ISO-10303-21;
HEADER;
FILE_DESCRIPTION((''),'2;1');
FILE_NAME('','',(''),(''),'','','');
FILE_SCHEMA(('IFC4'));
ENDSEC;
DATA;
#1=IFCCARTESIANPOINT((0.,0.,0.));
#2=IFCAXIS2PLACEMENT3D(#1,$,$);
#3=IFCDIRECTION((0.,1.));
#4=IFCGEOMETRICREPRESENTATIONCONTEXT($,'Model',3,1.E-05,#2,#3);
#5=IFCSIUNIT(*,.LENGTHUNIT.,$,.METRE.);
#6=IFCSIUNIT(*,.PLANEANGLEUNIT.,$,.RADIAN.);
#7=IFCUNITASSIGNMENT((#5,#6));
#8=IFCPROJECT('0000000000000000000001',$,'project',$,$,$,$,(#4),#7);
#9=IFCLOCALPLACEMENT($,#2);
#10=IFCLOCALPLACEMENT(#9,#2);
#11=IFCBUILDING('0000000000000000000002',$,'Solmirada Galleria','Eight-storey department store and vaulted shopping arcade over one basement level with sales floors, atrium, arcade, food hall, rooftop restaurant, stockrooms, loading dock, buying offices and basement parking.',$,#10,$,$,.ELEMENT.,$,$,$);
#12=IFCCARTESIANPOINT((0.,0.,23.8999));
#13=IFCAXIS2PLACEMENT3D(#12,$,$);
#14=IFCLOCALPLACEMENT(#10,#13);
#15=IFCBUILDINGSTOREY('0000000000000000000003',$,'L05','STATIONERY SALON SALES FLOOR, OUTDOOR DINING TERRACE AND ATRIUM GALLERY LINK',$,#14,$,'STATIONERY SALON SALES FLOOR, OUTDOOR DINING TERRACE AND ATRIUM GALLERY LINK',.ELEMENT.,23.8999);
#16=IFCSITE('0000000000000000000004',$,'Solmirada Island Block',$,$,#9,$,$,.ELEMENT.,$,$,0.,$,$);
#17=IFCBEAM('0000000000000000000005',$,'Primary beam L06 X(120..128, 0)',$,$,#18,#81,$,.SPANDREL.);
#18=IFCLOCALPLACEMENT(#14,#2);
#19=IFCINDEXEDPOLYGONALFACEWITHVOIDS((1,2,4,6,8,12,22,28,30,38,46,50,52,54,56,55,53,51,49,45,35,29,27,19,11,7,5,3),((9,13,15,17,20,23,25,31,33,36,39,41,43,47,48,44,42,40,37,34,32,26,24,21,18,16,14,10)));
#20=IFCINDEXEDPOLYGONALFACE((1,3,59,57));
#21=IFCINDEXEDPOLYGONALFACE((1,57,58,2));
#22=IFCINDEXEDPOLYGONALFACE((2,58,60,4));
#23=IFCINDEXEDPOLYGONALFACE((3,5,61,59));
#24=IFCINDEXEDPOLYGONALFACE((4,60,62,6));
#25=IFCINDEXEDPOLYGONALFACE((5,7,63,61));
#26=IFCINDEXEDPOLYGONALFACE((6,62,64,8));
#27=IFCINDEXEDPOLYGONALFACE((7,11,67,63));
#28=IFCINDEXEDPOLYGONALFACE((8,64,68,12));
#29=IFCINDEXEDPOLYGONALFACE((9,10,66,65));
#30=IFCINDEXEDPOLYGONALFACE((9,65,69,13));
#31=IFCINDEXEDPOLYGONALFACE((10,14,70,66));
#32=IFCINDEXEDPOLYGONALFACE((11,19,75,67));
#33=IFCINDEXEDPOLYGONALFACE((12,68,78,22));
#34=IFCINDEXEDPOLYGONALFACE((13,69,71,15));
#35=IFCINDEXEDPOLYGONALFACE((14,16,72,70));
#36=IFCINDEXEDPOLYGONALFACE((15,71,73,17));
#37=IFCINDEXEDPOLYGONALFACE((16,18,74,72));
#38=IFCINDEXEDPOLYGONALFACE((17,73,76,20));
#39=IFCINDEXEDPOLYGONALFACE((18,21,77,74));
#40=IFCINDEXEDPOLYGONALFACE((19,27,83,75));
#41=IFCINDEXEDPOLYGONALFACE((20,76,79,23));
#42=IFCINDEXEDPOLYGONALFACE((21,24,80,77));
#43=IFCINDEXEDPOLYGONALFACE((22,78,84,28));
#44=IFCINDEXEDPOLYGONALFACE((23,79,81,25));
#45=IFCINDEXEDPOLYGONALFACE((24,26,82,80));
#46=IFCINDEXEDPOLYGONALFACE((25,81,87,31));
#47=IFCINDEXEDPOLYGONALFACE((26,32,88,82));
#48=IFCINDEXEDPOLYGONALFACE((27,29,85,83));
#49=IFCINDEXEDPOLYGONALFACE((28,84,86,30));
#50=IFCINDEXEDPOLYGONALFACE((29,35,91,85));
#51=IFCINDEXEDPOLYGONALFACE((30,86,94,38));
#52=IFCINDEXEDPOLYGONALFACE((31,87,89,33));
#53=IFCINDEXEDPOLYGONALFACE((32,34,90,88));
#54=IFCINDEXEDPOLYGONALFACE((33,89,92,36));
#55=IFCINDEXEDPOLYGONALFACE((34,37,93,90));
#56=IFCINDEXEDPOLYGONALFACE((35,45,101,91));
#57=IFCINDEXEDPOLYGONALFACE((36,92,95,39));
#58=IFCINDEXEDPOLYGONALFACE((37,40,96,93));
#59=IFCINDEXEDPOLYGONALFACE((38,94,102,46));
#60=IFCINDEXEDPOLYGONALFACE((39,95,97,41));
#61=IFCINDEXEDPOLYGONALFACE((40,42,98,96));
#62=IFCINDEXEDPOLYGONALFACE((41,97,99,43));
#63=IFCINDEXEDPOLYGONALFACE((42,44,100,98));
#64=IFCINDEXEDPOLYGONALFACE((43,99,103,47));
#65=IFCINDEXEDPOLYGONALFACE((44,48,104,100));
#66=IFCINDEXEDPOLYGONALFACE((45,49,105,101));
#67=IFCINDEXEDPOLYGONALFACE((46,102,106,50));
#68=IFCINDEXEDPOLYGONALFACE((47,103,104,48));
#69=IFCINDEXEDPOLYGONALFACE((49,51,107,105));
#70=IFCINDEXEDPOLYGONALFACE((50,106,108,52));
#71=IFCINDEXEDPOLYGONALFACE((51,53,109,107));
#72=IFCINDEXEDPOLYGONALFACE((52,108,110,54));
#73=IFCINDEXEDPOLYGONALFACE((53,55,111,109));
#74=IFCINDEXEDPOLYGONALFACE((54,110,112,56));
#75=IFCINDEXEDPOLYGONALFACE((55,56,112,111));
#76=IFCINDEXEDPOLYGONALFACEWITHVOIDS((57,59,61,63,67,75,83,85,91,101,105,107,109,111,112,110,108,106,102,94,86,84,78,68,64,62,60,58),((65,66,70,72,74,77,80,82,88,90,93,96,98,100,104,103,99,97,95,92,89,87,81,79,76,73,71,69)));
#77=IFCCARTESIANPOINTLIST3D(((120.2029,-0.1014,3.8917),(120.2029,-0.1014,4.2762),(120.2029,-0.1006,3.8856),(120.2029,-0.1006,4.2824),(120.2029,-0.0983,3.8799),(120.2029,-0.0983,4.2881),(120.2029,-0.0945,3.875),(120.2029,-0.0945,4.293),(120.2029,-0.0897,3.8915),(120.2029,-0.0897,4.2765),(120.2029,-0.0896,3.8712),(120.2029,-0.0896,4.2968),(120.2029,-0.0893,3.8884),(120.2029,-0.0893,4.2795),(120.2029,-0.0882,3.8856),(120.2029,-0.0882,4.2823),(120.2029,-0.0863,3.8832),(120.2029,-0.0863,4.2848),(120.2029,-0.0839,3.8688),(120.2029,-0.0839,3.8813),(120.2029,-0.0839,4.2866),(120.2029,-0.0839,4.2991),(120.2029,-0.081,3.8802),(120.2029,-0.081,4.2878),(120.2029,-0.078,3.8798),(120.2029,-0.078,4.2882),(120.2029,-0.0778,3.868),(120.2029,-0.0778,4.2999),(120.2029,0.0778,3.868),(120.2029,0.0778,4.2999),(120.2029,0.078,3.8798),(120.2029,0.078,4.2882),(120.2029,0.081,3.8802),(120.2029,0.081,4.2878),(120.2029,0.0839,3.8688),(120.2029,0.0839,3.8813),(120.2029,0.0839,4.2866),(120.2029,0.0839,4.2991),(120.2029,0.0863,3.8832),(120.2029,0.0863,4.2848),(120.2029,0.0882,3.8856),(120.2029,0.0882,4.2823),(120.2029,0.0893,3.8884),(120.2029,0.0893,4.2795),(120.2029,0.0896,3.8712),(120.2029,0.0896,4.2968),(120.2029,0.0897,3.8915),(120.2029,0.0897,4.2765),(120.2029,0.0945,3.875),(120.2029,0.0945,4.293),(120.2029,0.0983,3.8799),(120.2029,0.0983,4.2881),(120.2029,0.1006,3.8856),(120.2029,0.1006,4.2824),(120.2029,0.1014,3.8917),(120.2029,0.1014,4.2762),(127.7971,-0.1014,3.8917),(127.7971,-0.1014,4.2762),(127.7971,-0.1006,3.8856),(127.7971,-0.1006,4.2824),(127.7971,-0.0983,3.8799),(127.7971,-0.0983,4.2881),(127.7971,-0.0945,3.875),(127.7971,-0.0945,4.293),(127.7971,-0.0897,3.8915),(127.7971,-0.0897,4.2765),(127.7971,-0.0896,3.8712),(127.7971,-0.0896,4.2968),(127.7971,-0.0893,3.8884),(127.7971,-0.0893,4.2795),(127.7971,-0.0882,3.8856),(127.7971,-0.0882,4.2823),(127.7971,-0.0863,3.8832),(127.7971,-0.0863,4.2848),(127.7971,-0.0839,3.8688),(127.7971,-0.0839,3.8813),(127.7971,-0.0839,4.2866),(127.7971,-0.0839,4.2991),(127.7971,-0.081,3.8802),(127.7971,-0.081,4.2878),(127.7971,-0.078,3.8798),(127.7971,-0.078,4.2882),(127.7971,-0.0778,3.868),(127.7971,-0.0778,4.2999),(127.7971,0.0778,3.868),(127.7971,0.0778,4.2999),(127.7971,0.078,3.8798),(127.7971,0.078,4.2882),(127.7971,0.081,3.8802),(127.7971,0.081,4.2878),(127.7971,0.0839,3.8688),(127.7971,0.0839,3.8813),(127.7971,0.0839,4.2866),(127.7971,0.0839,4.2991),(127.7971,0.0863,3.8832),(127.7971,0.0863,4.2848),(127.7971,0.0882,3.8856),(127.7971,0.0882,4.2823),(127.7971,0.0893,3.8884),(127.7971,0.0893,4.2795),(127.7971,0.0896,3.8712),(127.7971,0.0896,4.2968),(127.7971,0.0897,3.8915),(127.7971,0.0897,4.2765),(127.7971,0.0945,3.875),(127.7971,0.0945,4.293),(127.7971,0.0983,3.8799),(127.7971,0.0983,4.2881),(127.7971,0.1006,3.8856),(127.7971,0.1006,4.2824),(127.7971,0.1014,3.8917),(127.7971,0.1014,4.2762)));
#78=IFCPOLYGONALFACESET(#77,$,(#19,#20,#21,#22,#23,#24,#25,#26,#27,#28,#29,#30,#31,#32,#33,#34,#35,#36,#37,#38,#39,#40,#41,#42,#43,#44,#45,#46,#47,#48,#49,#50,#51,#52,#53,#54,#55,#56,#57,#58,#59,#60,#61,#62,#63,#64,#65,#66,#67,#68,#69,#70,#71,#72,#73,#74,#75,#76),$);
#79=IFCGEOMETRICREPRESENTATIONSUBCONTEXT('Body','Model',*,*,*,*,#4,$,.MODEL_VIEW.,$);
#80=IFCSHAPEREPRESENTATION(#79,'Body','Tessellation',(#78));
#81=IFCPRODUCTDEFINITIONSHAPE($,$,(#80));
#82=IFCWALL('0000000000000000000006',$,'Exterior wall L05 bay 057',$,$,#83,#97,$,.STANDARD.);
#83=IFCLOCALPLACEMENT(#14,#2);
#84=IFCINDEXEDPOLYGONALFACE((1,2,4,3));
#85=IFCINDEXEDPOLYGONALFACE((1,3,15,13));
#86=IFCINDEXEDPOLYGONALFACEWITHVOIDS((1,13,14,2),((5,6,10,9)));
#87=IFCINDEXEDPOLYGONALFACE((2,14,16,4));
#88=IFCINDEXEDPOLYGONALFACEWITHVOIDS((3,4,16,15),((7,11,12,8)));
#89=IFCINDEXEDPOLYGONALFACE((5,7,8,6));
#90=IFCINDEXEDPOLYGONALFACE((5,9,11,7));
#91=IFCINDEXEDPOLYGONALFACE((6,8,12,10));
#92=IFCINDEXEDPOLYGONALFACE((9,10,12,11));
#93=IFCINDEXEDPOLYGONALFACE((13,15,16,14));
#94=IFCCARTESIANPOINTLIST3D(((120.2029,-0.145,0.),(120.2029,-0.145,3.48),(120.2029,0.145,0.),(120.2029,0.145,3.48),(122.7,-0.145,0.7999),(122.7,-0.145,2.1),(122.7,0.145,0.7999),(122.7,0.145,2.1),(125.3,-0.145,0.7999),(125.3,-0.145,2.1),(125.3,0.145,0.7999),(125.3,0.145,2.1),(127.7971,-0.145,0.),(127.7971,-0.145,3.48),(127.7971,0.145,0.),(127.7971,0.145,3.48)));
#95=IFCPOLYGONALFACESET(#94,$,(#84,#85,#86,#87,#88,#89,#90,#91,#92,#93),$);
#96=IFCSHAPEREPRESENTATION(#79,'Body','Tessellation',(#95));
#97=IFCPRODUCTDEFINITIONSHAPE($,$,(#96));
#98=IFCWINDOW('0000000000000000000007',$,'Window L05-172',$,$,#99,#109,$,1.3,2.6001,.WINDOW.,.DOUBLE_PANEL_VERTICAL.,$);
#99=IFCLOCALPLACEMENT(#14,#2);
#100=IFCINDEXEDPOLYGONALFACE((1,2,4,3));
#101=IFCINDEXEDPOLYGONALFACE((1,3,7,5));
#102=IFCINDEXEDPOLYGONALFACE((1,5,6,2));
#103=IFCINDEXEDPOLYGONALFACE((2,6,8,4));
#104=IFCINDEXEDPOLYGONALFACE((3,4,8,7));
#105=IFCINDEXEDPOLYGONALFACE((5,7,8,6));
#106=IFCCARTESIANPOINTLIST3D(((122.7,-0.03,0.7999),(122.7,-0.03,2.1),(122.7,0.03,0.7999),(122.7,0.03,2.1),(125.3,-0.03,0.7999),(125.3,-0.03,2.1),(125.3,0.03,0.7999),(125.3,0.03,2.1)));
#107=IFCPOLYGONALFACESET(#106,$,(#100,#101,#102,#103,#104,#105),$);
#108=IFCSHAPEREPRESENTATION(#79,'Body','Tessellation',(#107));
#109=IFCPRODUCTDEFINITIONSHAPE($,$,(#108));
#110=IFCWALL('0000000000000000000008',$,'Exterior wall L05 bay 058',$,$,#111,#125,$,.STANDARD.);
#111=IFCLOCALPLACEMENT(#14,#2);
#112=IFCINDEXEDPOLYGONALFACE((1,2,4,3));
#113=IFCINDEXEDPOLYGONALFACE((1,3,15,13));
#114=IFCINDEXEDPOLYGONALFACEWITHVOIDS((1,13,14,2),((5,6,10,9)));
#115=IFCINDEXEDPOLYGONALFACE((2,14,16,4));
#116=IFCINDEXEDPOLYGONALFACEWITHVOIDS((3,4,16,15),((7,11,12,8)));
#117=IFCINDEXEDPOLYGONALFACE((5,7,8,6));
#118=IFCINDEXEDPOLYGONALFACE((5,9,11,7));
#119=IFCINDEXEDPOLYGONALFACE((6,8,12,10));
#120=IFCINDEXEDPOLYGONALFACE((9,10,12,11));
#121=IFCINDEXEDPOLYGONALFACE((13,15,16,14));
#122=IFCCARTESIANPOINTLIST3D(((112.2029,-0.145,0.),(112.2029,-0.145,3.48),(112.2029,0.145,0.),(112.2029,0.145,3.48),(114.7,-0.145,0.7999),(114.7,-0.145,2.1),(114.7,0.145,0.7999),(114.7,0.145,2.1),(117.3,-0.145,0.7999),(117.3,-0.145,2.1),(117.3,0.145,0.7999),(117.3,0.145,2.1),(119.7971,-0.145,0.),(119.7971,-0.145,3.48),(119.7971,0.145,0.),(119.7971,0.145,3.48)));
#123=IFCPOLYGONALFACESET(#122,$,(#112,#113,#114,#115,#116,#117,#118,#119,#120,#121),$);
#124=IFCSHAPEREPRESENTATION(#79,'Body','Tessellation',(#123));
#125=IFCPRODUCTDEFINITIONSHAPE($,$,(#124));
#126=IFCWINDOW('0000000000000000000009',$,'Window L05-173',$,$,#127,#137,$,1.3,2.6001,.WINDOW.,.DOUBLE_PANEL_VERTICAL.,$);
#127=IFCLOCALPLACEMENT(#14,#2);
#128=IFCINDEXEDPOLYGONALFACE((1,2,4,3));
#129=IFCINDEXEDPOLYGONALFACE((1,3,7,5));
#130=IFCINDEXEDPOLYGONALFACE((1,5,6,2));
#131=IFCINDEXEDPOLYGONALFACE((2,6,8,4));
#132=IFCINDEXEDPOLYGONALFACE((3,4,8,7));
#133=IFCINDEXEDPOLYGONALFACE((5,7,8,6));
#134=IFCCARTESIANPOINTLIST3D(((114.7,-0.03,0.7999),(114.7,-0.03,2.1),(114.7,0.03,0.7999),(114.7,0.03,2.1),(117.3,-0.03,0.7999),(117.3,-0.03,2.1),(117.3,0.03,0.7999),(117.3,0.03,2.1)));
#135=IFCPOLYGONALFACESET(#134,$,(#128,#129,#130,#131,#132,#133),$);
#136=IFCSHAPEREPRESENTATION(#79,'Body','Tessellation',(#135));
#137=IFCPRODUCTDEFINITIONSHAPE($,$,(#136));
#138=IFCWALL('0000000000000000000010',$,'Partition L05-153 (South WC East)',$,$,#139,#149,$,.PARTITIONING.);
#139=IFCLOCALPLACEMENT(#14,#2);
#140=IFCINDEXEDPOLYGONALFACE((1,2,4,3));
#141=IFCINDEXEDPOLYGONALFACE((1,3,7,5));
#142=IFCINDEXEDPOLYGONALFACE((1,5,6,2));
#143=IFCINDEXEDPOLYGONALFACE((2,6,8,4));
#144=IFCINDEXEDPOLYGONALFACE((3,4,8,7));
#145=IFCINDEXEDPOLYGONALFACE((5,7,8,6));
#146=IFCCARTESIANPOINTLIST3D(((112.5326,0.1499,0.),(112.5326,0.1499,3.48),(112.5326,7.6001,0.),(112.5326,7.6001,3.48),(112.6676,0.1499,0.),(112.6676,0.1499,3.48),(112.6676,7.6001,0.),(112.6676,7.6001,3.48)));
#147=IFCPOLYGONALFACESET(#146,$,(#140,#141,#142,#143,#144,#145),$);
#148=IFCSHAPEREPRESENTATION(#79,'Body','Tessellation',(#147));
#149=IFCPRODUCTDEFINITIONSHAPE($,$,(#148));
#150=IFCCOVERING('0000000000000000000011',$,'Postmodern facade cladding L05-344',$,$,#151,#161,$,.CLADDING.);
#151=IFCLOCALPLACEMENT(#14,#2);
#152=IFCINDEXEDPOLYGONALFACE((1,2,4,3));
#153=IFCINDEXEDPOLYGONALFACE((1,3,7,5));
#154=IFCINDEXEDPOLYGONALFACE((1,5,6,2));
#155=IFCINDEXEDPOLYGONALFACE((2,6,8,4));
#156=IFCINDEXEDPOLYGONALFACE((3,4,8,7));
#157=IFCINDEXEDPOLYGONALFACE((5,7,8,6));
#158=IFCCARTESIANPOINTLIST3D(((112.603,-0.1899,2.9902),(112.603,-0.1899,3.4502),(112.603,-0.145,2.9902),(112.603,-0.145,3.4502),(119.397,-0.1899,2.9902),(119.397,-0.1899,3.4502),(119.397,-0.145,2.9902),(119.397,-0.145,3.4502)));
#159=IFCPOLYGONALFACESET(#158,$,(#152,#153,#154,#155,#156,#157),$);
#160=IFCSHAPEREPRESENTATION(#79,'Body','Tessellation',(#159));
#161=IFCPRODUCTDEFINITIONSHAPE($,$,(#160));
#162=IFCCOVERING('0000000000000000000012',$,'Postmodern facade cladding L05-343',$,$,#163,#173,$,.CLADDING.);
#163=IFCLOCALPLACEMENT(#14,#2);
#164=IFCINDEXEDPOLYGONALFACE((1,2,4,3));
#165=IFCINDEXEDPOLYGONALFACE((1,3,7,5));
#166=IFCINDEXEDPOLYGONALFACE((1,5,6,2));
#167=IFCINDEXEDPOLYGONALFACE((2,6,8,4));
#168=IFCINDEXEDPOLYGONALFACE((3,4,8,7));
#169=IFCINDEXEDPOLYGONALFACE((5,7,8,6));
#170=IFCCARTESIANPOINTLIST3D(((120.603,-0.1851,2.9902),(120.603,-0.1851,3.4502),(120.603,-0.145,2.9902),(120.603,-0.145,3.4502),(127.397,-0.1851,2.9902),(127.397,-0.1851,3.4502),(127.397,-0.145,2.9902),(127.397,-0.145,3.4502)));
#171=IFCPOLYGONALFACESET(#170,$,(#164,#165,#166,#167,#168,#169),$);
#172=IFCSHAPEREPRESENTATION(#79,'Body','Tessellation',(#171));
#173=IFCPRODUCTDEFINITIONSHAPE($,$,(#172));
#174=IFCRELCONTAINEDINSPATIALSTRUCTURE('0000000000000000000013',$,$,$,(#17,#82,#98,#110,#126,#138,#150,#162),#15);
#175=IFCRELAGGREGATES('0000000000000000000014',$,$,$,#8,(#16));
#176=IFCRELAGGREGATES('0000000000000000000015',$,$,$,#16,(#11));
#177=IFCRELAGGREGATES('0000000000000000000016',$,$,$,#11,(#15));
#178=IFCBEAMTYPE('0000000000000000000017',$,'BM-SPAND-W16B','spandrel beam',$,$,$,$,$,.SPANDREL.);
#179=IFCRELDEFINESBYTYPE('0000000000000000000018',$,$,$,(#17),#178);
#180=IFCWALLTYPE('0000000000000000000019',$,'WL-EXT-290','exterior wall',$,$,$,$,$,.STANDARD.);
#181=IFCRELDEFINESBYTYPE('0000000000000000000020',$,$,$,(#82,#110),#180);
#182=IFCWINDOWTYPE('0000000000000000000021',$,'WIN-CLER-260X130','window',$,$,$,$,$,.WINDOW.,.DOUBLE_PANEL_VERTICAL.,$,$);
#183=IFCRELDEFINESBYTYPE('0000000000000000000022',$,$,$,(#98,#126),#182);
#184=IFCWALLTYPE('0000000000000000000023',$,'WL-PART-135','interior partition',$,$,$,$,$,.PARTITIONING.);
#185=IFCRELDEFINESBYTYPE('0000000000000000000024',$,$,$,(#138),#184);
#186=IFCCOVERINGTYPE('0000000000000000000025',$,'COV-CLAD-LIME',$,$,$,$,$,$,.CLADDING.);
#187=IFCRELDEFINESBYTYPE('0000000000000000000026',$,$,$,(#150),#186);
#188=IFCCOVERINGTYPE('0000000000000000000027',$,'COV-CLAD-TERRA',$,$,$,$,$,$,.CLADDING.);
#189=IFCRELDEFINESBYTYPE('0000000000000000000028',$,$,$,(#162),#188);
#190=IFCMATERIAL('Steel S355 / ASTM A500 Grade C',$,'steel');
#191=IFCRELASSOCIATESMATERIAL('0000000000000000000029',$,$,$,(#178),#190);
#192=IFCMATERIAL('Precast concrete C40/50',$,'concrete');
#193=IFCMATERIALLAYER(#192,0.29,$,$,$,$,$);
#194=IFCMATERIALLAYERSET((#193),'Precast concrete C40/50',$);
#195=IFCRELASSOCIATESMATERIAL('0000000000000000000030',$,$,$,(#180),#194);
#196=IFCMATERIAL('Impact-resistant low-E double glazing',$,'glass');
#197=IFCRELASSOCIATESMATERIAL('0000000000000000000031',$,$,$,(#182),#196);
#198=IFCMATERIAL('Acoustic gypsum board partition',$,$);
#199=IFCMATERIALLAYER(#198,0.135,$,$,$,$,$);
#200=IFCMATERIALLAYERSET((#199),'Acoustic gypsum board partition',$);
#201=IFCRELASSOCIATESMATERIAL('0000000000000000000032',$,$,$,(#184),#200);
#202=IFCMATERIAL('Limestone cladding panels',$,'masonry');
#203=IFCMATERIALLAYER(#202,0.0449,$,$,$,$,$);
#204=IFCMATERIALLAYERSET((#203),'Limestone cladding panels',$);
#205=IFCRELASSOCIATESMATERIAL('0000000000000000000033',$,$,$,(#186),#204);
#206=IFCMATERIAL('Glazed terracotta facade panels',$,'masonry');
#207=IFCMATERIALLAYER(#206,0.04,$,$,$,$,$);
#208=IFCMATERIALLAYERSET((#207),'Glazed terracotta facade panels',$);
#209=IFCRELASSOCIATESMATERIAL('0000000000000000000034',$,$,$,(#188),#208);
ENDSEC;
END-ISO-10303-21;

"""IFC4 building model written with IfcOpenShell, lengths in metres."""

from ifc_helpers import new_model, si_unit, direction, frame, frame_2d, origin, origin_2d, place, context, subcontext, project, spatial, rectangle, hollow_rectangle, extrude, material, layer, layer_set, material_profile, profile_set, type_object, element, fill, save


model = new_model("IFC4")

# Units and contexts
model_context = context("Model", 3, precision=1e-05, world=origin(), true_north=direction((0.0, 1.0)))
body_context = subcontext(model_context, "Body", "Model", "MODEL_VIEW")
ifc_project = project(units=[si_unit("LENGTHUNIT", "METRE"), si_unit("PLANEANGLEUNIT", "RADIAN")], contexts=[model_context])

# Site, building, storey
site_placement = place(None, origin())
site = spatial("IfcSite", under=ifc_project, at=site_placement, Name="Solmirada Island Block", CompositionType="ELEMENT", RefElevation=0.0)
building_placement = place(site_placement, origin())
building = spatial("IfcBuilding", under=site, at=building_placement, Name="Solmirada Galleria", Description="Eight-storey department store and vaulted shopping arcade over one basement level with sales floors, atrium, arcade, food hall, rooftop restaurant, stockrooms, loading dock, buying offices and basement parking.", CompositionType="ELEMENT")
storey_placement = place(building_placement, frame((0.0, 0.0, 23.8999)))
storey = spatial("IfcBuildingStorey", under=building, at=storey_placement, Name="L05", Description="STATIONERY SALON SALES FLOOR, OUTDOOR DINING TERRACE AND ATRIUM GALLERY LINK", LongName="STATIONERY SALON SALES FLOOR, OUTDOOR DINING TERRACE AND ATRIUM GALLERY LINK", CompositionType="ELEMENT", Elevation=23.8999)

# Shared definitions
ifc_material_1 = material(Name="Steel S355 / ASTM A500 Grade C", Category="steel")

# Beam
ifc_material_profile_1 = material_profile(ifc_material_1, hollow_rectangle(XDim=0.2029, YDim=0.4319, WallThickness=0.0117, InnerFilletRadius=0.0117, OuterFilletRadius=0.0237, at=origin_2d()), Name="HSS17X8X1/2")
ifc_profile_set_1 = profile_set([ifc_material_profile_1], Name="Steel S355 / ASTM A500 Grade C")
beam_type_1 = type_object("IfcBeamType", Name="BM-SPAND-W16B", Description="spandrel beam", PredefinedType="SPANDREL", material=ifc_profile_set_1)
for number, where, z_axis, x_axis, name in (
    (1, (120.2029, 0.0, 4.084), (1.0, 0.0, 0.0), (0.0, 1.0, 0.0), "Primary beam L06 X(120..128, 0)"),
):
    element("IfcBeam", number, at=place(storey_placement, frame(where, z_axis=z_axis, x_axis=x_axis)), inside=storey, type_object=beam_type_1, Name=name, PredefinedType="SPANDREL", context=body_context, shape_type="SweptSolid", body=[
        extrude(hollow_rectangle(XDim=0.2029, YDim=0.4319, WallThickness=0.0117, InnerFilletRadius=0.0117, OuterFilletRadius=0.0237, at=origin_2d()), origin(), (0.0, 0.0, 1.0), 7.5942),
    ])

# Walls, openings, windows
ifc_material_2 = material(Name="Precast concrete C40/50", Category="concrete")
ifc_layer_1 = layer(ifc_material_2, 0.29)
ifc_layer_set_1 = layer_set([ifc_layer_1], Name="Precast concrete C40/50")
wall_type_1 = type_object("IfcWallType", Name="WL-EXT-290", Description="exterior wall", PredefinedType="STANDARD", material=ifc_layer_set_1)
wall_1_placement = place(storey_placement, frame((127.7971, 0.0, 0.0), z_axis=(0.0, 0.0, 1.0), x_axis=(-1.0, 0.0, 0.0)))
wall_1 = element("IfcWall", 2, at=wall_1_placement, inside=storey, type_object=wall_type_1, Name="Exterior wall L05 bay 057", PredefinedType="STANDARD", context=body_context, shape_type="SweptSolid", body=[
    extrude(rectangle(XDim=7.5942, YDim=0.29, at=frame_2d((3.7971, 0.0))), origin(), (0.0, 0.0, 1.0), 3.48),
])
opening_1_placement = place(wall_1_placement, frame((2.4971, 0.0, 0.8)))
opening_1 = element("IfcOpeningElement", 3, at=opening_1_placement, cuts=wall_1, PredefinedType="OPENING", context=body_context, shape_type="SweptSolid", body=[
    extrude(rectangle(XDim=2.6001, YDim=1.3, at=frame_2d((1.3, 0.6499))), frame((0.0, 0.155, 0.0), z_axis=(0.0, -1.0, 0.0), x_axis=(1.0, 0.0, 0.0)), (0.0, 0.0, 1.0), 0.3101),
])
ifc_material_3 = material(Name="Impact-resistant low-E double glazing", Category="glass")
window_type = type_object("IfcWindowType", Name="WIN-CLER-260X130", Description="window", PartitioningType="DOUBLE_PANEL_VERTICAL", PredefinedType="WINDOW", material=ifc_material_3)
window_1_placement = place(opening_1_placement, origin())
window_1 = element("IfcWindow", 4, at=window_1_placement, inside=storey, type_object=window_type, Name="Window L05-172", OverallHeight=1.3, OverallWidth=2.6001, PartitioningType="DOUBLE_PANEL_VERTICAL", PredefinedType="WINDOW", context=body_context, shape_type="SweptSolid", body=[
    extrude(rectangle(XDim=2.6001, YDim=1.3, at=frame_2d((1.3, 0.6499))), frame((0.0, 0.03, 0.0), z_axis=(0.0, -1.0, 0.0), x_axis=(1.0, 0.0, 0.0)), (0.0, 0.0, 1.0), 0.0601),
])
fill(opening_1, window_1)
wall_2_placement = place(storey_placement, frame((119.7971, 0.0, 0.0), z_axis=(0.0, 0.0, 1.0), x_axis=(-1.0, 0.0, 0.0)))
wall_2 = element("IfcWall", 5, at=wall_2_placement, inside=storey, type_object=wall_type_1, Name="Exterior wall L05 bay 058", PredefinedType="STANDARD", context=body_context, shape_type="SweptSolid", body=[
    extrude(rectangle(XDim=7.5942, YDim=0.29, at=frame_2d((3.7971, 0.0))), origin(), (0.0, 0.0, 1.0), 3.48),
])
opening_2_placement = place(wall_2_placement, frame((2.4971, 0.0, 0.8)))
opening_2 = element("IfcOpeningElement", 6, at=opening_2_placement, cuts=wall_2, PredefinedType="OPENING", context=body_context, shape_type="SweptSolid", body=[
    extrude(rectangle(XDim=2.6001, YDim=1.3, at=frame_2d((1.3, 0.6499))), frame((0.0, 0.155, 0.0), z_axis=(0.0, -1.0, 0.0), x_axis=(1.0, 0.0, 0.0)), (0.0, 0.0, 1.0), 0.3101),
])
window_2_placement = place(opening_2_placement, origin())
window_2 = element("IfcWindow", 7, at=window_2_placement, inside=storey, type_object=window_type, Name="Window L05-173", OverallHeight=1.3, OverallWidth=2.6001, PartitioningType="DOUBLE_PANEL_VERTICAL", PredefinedType="WINDOW", context=body_context, shape_type="SweptSolid", body=[
    extrude(rectangle(XDim=2.6001, YDim=1.3, at=frame_2d((1.3, 0.6499))), frame((0.0, 0.03, 0.0), z_axis=(0.0, -1.0, 0.0), x_axis=(1.0, 0.0, 0.0)), (0.0, 0.0, 1.0), 0.0601),
])
fill(opening_2, window_2)

# Wall
ifc_material_4 = material(Name="Acoustic gypsum board partition")
ifc_layer_2 = layer(ifc_material_4, 0.135)
ifc_layer_set_2 = layer_set([ifc_layer_2], Name="Acoustic gypsum board partition")
wall_type_2 = type_object("IfcWallType", Name="WL-PART-135", Description="interior partition", PredefinedType="PARTITIONING", material=ifc_layer_set_2)
wall_3_placement = place(storey_placement, frame((112.6001, 0.1499, 0.0), z_axis=(0.0, 0.0, 1.0), x_axis=(0.0, 1.0, 0.0)))
element("IfcWall", 8, at=wall_3_placement, inside=storey, type_object=wall_type_2, Name="Partition L05-153 (South WC East)", PredefinedType="PARTITIONING", context=body_context, shape_type="SweptSolid", body=[
    extrude(rectangle(XDim=7.4502, YDim=0.135, at=frame_2d((3.7251, 0.0))), origin(), (0.0, 0.0, 1.0), 3.48),
])

# Coverings
ifc_material_5 = material(Name="Limestone cladding panels", Category="masonry")
ifc_layer_3 = layer(ifc_material_5, 0.0449)
ifc_layer_set_3 = layer_set([ifc_layer_3], Name="Limestone cladding panels")
covering_type_1 = type_object("IfcCoveringType", Name="COV-CLAD-LIME", PredefinedType="CLADDING", material=ifc_layer_set_3)
covering_1_placement = place(storey_placement, frame((116.0, -0.1675, 2.9902), z_axis=(0.0, 0.0, 1.0), x_axis=(-1.0, 0.0, 0.0)))
element("IfcCovering", 9, at=covering_1_placement, inside=storey, type_object=covering_type_1, Name="Postmodern facade cladding L05-344", PredefinedType="CLADDING", context=body_context, shape_type="SweptSolid", body=[
    extrude(rectangle(XDim=6.7939, YDim=0.0449, at=origin_2d()), origin(), (0.0, 0.0, 1.0), 0.46),
])
ifc_material_6 = material(Name="Glazed terracotta facade panels", Category="masonry")
ifc_layer_4 = layer(ifc_material_6, 0.04)
ifc_layer_set_4 = layer_set([ifc_layer_4], Name="Glazed terracotta facade panels")
covering_type_2 = type_object("IfcCoveringType", Name="COV-CLAD-TERRA", PredefinedType="CLADDING", material=ifc_layer_set_4)
covering_2_placement = place(storey_placement, frame((124.0, -0.165, 2.9902), z_axis=(0.0, 0.0, 1.0), x_axis=(-1.0, 0.0, 0.0)))
element("IfcCovering", 10, at=covering_2_placement, inside=storey, type_object=covering_type_2, Name="Postmodern facade cladding L05-343", PredefinedType="CLADDING", context=body_context, shape_type="SweptSolid", body=[
    extrude(rectangle(XDim=6.7939, YDim=0.04, at=origin_2d()), origin(), (0.0, 0.0, 1.0), 0.46),
])

save(model, "model.ifc")
